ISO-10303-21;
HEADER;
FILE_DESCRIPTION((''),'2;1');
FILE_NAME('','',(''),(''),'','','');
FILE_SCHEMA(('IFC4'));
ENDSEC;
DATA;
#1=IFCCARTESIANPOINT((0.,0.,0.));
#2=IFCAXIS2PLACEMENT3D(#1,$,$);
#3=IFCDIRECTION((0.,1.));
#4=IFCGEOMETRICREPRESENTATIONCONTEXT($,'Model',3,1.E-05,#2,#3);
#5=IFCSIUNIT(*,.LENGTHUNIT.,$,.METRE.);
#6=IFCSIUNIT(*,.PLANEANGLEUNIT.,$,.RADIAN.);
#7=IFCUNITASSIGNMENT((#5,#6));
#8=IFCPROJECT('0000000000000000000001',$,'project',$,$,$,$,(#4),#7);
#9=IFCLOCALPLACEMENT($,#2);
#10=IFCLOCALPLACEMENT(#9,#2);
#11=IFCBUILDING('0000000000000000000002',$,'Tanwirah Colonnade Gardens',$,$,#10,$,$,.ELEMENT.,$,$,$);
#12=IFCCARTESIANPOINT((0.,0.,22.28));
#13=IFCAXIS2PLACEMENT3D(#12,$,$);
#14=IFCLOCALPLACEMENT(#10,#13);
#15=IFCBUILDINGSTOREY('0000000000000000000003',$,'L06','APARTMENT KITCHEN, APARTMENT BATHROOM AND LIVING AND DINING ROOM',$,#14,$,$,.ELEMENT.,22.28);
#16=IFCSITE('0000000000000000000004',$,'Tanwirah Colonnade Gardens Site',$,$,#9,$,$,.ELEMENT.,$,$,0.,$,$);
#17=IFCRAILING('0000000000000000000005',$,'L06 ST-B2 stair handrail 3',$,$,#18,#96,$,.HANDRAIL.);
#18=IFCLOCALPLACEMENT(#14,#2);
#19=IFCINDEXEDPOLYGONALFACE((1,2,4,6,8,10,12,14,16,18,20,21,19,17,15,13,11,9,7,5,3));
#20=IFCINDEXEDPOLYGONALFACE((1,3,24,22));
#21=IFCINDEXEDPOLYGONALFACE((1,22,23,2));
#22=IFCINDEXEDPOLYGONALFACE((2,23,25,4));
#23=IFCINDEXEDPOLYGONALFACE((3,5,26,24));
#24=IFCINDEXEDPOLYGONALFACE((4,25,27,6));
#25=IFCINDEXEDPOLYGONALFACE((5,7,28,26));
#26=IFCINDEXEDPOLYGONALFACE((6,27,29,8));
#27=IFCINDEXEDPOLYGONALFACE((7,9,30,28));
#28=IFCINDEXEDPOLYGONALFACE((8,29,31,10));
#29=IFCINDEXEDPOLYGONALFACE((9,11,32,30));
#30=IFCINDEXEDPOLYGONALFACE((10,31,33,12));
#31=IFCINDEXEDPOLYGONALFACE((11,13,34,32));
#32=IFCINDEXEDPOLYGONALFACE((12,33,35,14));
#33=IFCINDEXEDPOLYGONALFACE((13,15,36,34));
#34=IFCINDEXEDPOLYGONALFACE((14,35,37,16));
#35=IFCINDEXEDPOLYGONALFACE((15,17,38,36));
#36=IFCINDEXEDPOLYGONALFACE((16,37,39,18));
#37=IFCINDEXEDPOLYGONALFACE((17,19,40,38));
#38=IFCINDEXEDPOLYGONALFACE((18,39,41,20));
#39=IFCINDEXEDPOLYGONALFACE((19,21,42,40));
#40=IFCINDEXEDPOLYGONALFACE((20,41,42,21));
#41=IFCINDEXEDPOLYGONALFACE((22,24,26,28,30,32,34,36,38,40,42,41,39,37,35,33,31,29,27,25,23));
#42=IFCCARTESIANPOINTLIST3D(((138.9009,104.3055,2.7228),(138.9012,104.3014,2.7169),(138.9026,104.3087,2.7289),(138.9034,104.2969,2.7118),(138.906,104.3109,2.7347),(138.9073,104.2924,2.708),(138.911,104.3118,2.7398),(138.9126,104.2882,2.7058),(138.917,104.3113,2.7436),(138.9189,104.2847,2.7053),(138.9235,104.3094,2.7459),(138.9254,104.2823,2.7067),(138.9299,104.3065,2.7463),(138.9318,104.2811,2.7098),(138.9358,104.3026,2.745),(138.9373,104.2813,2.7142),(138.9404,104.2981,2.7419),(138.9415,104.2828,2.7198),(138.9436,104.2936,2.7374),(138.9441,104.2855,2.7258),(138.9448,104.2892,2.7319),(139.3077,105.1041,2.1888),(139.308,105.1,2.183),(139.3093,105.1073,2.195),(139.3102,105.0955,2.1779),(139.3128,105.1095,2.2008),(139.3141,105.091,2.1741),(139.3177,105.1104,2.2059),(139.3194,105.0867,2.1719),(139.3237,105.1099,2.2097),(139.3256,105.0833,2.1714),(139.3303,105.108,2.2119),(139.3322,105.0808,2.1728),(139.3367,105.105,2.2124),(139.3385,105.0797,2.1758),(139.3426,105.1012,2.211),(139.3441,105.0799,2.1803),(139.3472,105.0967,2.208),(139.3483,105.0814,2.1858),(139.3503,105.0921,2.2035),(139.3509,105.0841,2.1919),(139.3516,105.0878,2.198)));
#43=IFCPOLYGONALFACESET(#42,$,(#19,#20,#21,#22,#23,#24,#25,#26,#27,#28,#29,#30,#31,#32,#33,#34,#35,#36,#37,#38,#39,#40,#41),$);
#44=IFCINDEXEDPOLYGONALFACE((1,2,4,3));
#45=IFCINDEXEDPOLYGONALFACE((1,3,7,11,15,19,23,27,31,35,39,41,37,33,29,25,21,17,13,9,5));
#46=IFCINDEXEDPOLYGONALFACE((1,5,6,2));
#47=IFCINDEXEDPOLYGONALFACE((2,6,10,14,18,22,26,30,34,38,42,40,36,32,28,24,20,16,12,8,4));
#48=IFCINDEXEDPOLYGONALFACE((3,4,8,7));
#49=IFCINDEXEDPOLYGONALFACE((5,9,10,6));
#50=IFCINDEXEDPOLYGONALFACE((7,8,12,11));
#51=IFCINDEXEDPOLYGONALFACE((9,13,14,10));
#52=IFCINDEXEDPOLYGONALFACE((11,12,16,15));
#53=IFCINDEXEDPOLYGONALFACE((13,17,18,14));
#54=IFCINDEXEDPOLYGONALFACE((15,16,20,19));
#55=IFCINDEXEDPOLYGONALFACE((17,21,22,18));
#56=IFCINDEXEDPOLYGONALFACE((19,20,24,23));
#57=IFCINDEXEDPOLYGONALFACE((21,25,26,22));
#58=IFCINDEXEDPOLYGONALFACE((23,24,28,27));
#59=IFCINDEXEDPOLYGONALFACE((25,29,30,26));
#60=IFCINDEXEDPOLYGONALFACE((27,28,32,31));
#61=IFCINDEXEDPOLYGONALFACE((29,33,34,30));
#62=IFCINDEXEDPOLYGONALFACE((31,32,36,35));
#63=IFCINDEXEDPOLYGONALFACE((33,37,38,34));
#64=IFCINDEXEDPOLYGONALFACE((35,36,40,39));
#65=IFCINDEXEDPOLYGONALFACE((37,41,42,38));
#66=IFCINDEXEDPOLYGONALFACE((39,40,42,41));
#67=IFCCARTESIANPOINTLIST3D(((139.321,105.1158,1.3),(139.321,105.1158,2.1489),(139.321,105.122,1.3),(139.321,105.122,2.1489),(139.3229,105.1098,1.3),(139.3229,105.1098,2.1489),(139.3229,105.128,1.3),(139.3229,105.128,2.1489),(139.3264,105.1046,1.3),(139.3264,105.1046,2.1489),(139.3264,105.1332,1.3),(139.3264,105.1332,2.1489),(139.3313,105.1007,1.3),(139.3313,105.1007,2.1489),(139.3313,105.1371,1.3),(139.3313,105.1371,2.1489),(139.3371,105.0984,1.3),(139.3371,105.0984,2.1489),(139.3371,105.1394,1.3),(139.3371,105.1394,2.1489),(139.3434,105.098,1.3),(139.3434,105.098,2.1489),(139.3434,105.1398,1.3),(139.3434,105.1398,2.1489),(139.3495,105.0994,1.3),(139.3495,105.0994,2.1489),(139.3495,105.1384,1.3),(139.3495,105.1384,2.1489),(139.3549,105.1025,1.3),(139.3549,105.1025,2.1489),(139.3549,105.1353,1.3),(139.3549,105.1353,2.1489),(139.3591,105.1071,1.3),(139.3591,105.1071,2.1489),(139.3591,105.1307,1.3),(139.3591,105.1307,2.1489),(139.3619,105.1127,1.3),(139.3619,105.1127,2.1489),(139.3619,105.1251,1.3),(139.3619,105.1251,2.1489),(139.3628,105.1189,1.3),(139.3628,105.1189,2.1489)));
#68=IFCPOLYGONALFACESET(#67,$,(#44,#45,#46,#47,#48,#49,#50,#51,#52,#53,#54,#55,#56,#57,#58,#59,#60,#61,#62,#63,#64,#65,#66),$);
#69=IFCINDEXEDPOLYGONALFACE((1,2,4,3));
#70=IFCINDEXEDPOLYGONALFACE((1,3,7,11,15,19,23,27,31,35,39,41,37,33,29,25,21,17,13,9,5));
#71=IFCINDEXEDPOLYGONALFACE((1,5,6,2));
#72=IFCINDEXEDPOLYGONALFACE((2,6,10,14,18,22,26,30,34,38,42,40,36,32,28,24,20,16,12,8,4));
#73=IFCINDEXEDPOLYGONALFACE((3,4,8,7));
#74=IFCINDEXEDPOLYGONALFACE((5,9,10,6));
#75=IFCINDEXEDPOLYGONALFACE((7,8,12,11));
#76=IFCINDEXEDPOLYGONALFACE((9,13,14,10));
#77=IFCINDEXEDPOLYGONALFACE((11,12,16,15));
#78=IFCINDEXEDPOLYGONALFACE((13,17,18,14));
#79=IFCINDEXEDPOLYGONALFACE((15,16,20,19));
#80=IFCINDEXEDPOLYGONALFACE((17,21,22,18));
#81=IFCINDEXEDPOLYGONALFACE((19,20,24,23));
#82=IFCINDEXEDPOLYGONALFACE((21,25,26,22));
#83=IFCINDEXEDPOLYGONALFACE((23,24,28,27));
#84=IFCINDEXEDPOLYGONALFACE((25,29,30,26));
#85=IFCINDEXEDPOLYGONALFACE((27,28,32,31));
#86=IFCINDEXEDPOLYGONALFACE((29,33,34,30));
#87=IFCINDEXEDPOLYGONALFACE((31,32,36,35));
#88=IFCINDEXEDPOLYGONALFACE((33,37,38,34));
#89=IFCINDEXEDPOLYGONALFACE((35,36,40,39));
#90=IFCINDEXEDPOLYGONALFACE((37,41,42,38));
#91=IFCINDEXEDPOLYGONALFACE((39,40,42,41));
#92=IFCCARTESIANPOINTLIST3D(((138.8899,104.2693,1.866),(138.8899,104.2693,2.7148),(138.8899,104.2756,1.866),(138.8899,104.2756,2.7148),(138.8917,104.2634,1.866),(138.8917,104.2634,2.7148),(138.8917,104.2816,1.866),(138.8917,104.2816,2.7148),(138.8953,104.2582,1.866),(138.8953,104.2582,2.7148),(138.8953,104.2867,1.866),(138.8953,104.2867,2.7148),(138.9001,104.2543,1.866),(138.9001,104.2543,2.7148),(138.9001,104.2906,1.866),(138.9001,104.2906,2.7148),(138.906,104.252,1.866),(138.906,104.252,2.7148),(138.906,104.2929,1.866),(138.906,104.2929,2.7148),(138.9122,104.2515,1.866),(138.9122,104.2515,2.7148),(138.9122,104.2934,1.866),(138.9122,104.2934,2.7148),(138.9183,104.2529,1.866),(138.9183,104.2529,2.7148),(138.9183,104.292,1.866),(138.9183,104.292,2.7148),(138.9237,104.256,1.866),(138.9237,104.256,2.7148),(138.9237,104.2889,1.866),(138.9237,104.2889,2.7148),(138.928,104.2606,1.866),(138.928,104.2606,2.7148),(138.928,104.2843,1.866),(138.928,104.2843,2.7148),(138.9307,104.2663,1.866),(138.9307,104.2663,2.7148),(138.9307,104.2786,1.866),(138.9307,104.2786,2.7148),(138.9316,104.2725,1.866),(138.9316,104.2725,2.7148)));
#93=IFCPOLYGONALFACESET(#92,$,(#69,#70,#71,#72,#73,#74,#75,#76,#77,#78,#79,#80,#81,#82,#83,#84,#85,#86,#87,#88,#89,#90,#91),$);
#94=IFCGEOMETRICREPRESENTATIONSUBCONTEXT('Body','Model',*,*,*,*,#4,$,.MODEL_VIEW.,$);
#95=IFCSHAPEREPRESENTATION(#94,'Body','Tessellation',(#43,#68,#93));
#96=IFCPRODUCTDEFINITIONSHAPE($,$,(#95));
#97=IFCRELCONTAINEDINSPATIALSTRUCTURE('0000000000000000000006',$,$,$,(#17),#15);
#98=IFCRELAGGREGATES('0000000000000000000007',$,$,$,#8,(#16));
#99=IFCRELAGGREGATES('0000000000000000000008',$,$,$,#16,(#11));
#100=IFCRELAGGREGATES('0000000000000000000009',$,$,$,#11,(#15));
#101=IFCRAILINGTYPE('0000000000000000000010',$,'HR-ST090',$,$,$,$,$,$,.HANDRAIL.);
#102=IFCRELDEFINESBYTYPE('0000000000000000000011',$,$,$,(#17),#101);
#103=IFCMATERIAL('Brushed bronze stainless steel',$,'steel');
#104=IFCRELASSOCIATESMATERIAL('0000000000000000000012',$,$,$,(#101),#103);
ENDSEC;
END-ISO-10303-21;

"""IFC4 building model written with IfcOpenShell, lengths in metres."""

from ifc_helpers import new_model, si_unit, direction, frame, origin, origin_2d, place, context, subcontext, project, spatial, circle, extrude, material, type_object, element, save


model = new_model("IFC4")

# Units and contexts
model_context = context("Model", 3, precision=1e-05, world=origin(), true_north=direction((0.0, 1.0)))
body_context = subcontext(model_context, "Body", "Model", "MODEL_VIEW")
ifc_project = project(units=[si_unit("LENGTHUNIT", "METRE"), si_unit("PLANEANGLEUNIT", "RADIAN")], contexts=[model_context])

# Site, building, storey
site_placement = place(None, origin())
site = spatial("IfcSite", under=ifc_project, at=site_placement, Name="Tanwirah Colonnade Gardens Site", CompositionType="ELEMENT", RefElevation=0.0)
building_placement = place(site_placement, origin())
building = spatial("IfcBuilding", under=site, at=building_placement, Name="Tanwirah Colonnade Gardens", CompositionType="ELEMENT")
storey_placement = place(building_placement, frame((0.0, 0.0, 22.28)))
storey = spatial("IfcBuildingStorey", under=building, at=storey_placement, Name="L06", Description="APARTMENT KITCHEN, APARTMENT BATHROOM AND LIVING AND DINING ROOM", CompositionType="ELEMENT", Elevation=22.28)

# Railing
ifc_material_1 = material(Name="Brushed bronze stainless steel", Category="steel")
railing_type_1 = type_object("IfcRailingType", Name="HR-ST090", PredefinedType="HANDRAIL", material=ifc_material_1)
railing_1_placement = place(storey_placement, frame((139.3418, 105.1189, 1.3)))
element("IfcRailing", 1, at=railing_1_placement, inside=storey, type_object=railing_type_1, Name="L06 ST-B2 stair handrail 3", PredefinedType="HANDRAIL", context=body_context, shape_type="SweptSolid", body=[
    extrude(circle(Radius=0.0239, at=origin_2d()), frame((-0.0122, -0.0239, 0.8918), z_axis=(-0.38993, -0.765509, 0.511811), x_axis=(0.891061, -0.453883, 0.0)), (0.0, 0.0, 1.0), 1.0432),
    extrude(circle(Radius=0.021, at=origin_2d()), origin(), (0.0, 0.0, 1.0), 0.8489),
    extrude(circle(Radius=0.021, at=origin_2d()), frame((-0.4312, -0.8464, 0.5659)), (0.0, 0.0, 1.0), 0.8489),
])

save(model, "model.ifc")
